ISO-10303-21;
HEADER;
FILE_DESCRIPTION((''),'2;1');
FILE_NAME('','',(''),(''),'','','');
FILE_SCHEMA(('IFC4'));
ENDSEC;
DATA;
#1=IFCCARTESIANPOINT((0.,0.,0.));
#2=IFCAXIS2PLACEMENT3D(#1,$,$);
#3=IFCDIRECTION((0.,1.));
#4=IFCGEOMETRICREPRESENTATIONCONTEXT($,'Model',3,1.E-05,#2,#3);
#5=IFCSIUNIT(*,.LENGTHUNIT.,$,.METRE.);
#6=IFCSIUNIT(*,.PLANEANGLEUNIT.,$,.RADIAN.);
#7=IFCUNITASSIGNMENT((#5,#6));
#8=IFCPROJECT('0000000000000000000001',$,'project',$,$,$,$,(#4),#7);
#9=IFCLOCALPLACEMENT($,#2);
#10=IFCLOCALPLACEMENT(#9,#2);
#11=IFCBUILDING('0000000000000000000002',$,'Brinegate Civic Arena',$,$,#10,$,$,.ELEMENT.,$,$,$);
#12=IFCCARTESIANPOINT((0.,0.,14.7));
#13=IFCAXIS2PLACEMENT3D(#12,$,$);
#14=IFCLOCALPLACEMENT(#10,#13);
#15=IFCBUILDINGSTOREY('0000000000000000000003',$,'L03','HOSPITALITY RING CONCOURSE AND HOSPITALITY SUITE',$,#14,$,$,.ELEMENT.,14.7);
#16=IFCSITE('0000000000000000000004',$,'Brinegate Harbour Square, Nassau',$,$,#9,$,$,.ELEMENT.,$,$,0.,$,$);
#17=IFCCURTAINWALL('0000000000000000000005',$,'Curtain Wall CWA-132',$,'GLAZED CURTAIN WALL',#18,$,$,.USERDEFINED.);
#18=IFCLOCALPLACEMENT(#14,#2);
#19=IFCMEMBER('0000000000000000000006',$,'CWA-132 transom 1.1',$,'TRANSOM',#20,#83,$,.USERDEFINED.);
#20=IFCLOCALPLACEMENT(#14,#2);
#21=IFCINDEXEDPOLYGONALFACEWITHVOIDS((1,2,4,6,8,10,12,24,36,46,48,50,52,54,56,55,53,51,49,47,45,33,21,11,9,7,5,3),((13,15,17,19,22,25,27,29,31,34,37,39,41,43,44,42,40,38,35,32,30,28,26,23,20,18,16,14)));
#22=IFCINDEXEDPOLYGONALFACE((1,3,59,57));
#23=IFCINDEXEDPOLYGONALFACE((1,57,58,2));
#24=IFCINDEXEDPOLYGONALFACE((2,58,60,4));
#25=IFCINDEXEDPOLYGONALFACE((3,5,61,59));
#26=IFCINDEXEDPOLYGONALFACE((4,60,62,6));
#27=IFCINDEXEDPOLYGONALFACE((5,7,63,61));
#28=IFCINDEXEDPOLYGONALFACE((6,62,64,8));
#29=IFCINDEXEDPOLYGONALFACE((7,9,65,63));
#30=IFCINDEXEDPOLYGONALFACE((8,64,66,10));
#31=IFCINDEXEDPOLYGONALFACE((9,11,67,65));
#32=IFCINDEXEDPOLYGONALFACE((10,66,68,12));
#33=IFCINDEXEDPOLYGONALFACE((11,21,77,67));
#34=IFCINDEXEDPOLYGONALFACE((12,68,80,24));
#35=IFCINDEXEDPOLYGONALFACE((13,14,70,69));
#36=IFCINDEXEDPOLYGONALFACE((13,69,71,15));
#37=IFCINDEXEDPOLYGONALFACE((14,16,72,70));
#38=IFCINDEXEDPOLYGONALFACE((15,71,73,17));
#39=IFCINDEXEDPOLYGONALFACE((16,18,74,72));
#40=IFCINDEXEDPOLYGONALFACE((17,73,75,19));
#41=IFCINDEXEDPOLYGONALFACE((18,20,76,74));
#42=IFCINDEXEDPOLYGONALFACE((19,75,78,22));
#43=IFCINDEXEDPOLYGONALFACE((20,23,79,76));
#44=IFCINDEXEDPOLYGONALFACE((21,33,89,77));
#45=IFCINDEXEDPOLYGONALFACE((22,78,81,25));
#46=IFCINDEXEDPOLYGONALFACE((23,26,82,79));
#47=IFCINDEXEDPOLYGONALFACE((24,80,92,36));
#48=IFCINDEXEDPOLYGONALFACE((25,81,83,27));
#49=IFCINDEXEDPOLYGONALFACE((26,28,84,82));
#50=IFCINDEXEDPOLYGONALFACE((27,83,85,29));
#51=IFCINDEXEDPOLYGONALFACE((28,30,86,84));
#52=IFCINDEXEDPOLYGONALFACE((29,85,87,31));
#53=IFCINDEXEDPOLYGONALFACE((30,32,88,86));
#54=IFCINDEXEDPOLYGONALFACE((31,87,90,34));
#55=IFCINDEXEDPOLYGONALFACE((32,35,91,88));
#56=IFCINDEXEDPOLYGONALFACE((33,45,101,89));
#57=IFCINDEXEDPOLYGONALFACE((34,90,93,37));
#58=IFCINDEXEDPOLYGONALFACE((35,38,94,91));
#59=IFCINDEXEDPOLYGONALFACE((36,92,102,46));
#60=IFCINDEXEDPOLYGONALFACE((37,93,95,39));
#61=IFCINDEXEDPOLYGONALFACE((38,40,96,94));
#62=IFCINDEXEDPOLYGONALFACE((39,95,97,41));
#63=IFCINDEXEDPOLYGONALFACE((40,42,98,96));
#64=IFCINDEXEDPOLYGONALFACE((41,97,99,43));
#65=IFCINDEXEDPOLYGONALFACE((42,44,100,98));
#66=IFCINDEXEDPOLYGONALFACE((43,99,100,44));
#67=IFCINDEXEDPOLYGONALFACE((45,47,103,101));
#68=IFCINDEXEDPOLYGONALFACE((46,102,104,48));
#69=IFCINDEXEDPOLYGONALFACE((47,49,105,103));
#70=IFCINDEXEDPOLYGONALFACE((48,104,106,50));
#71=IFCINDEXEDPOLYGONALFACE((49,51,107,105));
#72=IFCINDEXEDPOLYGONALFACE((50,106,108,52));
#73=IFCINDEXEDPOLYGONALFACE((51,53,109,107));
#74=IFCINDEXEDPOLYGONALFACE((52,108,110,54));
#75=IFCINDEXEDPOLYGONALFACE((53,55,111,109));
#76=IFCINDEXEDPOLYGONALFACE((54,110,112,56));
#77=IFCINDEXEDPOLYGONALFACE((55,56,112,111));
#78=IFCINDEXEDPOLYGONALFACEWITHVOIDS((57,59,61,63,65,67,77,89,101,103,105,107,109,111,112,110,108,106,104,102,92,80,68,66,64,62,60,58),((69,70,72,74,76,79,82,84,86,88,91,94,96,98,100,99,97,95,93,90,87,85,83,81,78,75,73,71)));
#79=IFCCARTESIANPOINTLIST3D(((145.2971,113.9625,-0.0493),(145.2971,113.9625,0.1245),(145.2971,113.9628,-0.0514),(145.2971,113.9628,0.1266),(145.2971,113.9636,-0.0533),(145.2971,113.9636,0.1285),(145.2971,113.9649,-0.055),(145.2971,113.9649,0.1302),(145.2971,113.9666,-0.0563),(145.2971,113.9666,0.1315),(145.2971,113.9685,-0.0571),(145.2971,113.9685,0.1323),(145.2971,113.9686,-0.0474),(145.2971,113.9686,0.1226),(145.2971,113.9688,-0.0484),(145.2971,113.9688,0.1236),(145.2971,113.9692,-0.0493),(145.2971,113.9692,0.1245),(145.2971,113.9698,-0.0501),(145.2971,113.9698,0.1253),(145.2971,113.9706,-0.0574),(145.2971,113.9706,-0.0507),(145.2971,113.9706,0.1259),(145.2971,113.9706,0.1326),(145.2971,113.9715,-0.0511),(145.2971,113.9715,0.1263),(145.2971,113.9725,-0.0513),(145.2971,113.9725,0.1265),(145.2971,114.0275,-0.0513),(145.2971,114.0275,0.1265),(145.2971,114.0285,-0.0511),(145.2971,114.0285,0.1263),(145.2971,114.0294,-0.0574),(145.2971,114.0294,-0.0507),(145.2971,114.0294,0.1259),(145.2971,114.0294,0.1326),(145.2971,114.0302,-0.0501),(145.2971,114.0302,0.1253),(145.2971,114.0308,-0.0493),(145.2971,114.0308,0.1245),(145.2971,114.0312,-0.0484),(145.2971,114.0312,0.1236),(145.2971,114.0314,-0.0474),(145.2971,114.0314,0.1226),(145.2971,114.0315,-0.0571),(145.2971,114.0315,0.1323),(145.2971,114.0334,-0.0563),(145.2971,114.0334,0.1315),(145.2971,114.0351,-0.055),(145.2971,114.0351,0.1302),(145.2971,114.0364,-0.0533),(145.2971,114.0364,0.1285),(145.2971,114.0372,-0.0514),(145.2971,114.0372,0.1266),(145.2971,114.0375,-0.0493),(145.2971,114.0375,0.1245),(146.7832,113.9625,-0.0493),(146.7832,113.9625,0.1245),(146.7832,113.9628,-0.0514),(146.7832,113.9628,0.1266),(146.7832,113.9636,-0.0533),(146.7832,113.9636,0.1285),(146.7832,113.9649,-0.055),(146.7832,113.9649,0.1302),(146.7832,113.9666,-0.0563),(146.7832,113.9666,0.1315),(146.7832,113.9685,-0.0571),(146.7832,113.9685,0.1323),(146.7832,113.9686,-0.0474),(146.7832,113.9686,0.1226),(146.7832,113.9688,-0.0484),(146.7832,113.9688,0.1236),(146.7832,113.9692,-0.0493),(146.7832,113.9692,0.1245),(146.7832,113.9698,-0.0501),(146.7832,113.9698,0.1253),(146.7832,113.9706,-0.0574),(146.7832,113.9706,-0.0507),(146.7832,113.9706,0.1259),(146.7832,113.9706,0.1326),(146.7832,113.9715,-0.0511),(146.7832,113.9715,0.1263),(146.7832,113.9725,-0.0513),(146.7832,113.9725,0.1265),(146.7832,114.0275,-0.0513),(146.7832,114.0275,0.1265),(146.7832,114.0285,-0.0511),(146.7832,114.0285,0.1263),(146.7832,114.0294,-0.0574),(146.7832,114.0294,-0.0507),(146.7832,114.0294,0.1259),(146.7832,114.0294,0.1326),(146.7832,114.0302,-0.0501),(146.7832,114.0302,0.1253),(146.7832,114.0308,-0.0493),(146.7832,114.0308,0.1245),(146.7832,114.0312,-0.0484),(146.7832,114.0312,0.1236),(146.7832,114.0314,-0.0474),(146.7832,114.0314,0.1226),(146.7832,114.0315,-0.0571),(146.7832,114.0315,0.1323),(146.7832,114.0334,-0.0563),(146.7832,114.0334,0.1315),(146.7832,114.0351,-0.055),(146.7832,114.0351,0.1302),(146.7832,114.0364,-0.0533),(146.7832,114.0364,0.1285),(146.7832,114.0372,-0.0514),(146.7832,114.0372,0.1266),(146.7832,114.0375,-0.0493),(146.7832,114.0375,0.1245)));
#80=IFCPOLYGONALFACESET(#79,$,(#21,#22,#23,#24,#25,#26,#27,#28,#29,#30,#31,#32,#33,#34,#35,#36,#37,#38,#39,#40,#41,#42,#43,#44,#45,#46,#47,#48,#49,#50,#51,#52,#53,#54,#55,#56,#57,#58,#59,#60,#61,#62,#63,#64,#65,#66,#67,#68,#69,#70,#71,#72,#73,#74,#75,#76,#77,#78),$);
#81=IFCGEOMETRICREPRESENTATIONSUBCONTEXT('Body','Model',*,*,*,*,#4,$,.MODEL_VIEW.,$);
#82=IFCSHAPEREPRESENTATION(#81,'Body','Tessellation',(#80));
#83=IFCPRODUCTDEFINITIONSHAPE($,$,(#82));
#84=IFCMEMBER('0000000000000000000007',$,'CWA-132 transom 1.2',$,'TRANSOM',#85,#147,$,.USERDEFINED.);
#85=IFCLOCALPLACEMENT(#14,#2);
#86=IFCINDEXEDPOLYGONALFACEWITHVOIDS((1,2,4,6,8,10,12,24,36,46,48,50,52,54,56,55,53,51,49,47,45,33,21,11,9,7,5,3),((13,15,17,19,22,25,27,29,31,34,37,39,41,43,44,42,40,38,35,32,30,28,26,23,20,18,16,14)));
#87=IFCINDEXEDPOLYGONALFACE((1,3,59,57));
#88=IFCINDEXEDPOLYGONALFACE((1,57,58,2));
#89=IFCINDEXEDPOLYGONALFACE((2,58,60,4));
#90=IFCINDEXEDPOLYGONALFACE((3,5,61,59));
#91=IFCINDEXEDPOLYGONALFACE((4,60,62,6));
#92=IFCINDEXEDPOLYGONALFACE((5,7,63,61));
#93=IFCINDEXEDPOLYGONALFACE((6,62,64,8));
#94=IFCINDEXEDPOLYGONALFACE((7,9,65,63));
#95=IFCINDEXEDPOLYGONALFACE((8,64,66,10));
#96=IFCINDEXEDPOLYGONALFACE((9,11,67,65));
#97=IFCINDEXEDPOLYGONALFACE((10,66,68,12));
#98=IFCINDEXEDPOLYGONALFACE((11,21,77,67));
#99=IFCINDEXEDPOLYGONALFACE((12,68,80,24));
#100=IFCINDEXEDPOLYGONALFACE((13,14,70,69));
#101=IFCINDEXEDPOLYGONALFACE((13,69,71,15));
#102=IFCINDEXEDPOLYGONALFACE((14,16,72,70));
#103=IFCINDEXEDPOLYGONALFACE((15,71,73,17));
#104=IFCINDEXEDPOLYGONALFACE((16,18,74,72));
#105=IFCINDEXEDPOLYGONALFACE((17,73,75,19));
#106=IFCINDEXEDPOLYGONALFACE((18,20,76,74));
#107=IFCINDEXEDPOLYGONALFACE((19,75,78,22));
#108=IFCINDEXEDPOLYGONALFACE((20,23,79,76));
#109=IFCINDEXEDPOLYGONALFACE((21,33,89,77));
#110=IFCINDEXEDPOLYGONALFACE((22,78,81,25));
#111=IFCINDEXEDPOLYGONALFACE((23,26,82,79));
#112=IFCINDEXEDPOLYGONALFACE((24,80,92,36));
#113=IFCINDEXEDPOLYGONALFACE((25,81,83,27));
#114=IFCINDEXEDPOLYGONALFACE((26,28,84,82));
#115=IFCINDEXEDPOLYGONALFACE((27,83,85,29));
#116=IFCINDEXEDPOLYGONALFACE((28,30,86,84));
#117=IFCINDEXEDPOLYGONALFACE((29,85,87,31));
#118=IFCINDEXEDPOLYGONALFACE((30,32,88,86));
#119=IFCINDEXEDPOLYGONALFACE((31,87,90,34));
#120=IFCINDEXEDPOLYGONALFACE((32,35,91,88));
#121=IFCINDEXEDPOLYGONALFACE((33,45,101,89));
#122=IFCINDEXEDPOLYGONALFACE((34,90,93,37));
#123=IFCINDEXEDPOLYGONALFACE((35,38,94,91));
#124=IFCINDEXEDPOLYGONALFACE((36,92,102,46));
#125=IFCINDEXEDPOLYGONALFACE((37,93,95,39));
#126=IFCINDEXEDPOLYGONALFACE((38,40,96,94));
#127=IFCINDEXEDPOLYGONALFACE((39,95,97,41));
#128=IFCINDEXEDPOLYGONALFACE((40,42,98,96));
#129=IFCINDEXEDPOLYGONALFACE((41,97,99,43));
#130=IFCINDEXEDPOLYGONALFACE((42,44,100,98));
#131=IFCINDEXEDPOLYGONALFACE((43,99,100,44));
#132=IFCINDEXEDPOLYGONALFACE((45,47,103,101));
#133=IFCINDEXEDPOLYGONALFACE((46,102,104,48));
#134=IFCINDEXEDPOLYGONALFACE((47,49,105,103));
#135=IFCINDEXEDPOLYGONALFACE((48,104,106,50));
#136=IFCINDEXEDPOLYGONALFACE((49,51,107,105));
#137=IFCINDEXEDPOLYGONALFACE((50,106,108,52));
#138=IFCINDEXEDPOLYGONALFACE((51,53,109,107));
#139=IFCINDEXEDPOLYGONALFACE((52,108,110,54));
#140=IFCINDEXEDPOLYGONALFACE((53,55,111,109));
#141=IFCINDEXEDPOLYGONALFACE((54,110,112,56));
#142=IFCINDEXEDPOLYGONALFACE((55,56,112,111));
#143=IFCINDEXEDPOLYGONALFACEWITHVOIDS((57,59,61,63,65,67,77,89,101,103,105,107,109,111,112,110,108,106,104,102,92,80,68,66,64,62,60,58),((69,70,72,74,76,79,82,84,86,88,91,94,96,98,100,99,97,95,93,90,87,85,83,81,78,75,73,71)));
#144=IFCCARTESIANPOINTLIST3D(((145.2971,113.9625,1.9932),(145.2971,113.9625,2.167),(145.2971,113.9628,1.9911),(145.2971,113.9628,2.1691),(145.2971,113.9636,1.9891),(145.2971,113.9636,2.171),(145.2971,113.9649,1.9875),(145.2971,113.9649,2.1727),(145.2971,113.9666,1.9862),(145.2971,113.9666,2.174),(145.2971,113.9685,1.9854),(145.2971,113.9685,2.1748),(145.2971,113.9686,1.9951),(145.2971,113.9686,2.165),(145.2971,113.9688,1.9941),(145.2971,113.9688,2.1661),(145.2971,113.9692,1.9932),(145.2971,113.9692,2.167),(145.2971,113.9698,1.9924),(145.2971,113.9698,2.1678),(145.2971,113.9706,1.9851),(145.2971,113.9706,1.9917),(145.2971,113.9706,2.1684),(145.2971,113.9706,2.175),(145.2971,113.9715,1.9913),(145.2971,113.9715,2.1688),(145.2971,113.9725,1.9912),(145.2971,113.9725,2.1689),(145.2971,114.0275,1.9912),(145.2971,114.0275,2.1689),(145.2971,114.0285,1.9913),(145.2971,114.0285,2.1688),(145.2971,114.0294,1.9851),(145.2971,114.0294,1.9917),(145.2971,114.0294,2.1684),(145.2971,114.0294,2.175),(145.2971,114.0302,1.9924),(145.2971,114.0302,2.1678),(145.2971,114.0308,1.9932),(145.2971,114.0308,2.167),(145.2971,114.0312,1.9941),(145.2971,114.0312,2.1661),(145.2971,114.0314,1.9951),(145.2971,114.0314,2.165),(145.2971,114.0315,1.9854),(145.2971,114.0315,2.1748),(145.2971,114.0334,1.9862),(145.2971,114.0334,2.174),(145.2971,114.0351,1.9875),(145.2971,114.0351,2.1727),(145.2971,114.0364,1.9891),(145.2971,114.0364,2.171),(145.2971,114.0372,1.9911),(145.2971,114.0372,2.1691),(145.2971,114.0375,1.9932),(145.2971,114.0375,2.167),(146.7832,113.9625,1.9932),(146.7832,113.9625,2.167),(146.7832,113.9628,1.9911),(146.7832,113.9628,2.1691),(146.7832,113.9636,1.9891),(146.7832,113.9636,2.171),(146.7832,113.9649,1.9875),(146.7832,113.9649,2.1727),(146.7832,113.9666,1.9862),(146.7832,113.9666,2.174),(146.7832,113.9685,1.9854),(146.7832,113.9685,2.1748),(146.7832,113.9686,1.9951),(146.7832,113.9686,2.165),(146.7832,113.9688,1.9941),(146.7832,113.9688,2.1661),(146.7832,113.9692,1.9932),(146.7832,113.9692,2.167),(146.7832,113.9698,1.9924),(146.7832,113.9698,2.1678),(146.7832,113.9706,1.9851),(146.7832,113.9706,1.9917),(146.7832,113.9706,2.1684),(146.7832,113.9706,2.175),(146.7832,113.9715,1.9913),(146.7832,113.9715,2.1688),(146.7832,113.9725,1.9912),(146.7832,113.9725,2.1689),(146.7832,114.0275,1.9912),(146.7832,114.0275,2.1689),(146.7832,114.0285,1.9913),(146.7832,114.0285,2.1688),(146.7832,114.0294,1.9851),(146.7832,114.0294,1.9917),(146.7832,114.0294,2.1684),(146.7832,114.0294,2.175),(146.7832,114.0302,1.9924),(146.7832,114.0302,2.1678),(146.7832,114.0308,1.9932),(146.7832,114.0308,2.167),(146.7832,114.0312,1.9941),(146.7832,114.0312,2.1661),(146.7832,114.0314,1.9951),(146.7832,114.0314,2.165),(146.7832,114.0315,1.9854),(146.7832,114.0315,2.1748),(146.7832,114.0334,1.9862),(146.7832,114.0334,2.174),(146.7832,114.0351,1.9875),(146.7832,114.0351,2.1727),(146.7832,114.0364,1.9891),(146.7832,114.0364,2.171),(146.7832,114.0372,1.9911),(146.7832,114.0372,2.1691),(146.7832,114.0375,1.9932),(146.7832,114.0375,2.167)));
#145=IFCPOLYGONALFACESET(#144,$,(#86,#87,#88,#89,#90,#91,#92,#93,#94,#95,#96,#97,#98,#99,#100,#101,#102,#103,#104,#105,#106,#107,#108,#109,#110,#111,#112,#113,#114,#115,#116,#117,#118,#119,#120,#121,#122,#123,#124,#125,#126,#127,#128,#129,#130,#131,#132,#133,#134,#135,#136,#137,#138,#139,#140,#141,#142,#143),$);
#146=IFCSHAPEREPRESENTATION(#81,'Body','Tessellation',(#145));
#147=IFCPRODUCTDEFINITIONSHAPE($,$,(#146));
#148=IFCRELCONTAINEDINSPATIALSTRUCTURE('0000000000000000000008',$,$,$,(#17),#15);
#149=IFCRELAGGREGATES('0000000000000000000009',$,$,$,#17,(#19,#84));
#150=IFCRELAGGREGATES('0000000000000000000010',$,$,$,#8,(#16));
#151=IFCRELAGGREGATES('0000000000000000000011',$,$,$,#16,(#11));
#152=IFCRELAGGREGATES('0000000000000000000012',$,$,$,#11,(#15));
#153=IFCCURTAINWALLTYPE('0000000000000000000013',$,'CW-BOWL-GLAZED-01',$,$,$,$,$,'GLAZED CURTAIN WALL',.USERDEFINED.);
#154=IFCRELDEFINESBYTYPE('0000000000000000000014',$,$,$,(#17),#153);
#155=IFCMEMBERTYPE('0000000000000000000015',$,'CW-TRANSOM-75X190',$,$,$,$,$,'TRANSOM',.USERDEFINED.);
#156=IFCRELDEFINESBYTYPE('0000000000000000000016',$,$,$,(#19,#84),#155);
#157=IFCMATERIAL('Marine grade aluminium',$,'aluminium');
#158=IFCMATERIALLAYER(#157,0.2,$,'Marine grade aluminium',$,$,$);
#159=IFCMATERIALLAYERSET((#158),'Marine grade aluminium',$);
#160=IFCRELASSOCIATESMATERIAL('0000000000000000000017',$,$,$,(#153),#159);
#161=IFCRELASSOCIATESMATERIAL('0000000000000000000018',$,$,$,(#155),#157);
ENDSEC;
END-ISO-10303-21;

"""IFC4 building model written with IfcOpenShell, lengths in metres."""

from ifc_helpers import new_model, si_unit, direction, frame, origin, origin_2d, place, context, subcontext, project, spatial, hollow_rectangle, extrude, material, layer, layer_set, material_profile, profile_set, type_object, element, aggregate, save


model = new_model("IFC4")

# Units and contexts
model_context = context("Model", 3, precision=1e-05, world=origin(), true_north=direction((0.0, 1.0)))
body_context = subcontext(model_context, "Body", "Model", "MODEL_VIEW")
ifc_project = project(units=[si_unit("LENGTHUNIT", "METRE"), si_unit("PLANEANGLEUNIT", "RADIAN")], contexts=[model_context])

# Site, building, storey
site_placement = place(None, origin())
site = spatial("IfcSite", under=ifc_project, at=site_placement, Name="Brinegate Harbour Square, Nassau", CompositionType="ELEMENT", RefElevation=0.0)
building_placement = place(site_placement, origin())
building = spatial("IfcBuilding", under=site, at=building_placement, Name="Brinegate Civic Arena", CompositionType="ELEMENT")
storey_placement = place(building_placement, frame((0.0, 0.0, 14.7)))
storey = spatial("IfcBuildingStorey", under=building, at=storey_placement, Name="L03", Description="HOSPITALITY RING CONCOURSE AND HOSPITALITY SUITE", CompositionType="ELEMENT", Elevation=14.7)

# Curtain wall
ifc_material_1 = material(Name="Marine grade aluminium", Category="aluminium")
ifc_layer_1 = layer(ifc_material_1, 0.2, Name="Marine grade aluminium")
ifc_layer_set_1 = layer_set([ifc_layer_1], Name="Marine grade aluminium")
curtain_wall_type_1 = type_object("IfcCurtainWallType", Name="CW-BOWL-GLAZED-01", ElementType="GLAZED CURTAIN WALL", PredefinedType="USERDEFINED", material=ifc_layer_set_1)
curtain_wall_1_placement = place(storey_placement, origin())
curtain_wall_1 = element("IfcCurtainWall", 1, at=curtain_wall_1_placement, inside=storey, type_object=curtain_wall_type_1, Name="Curtain Wall CWA-132", ObjectType="GLAZED CURTAIN WALL", PredefinedType="USERDEFINED")

# Members
ifc_material_profile_1 = material_profile(ifc_material_1, hollow_rectangle(XDim=0.075, YDim=0.1899, WallThickness=0.0061, InnerFilletRadius=0.0039, OuterFilletRadius=0.0081, at=origin_2d()), Name="TRN75X190")
ifc_profile_set_1 = profile_set([ifc_material_profile_1], Name="Marine grade aluminium")
member_type_1 = type_object("IfcMemberType", Name="CW-TRANSOM-75X190", ElementType="TRANSOM", PredefinedType="USERDEFINED", material=ifc_profile_set_1)
member_1_placement = place(storey_placement, frame((145.2971, 114.0, 0.0376), z_axis=(1.0, 0.0, 0.0), x_axis=(0.0, 1.0, 0.0)))
member_1 = element("IfcMember", 2, at=member_1_placement, type_object=member_type_1, Name="CWA-132 transom 1.1", ObjectType="TRANSOM", PredefinedType="USERDEFINED", context=body_context, shape_type="SweptSolid", body=[
    extrude(hollow_rectangle(XDim=0.075, YDim=0.1899, WallThickness=0.0061, InnerFilletRadius=0.0039, OuterFilletRadius=0.0081, at=origin_2d()), origin(), (0.0, 0.0, 1.0), 1.4861),
])
member_2_placement = place(storey_placement, frame((145.2971, 114.0, 2.0801), z_axis=(1.0, 0.0, 0.0), x_axis=(0.0, 1.0, 0.0)))
member_2 = element("IfcMember", 3, at=member_2_placement, type_object=member_type_1, Name="CWA-132 transom 1.2", ObjectType="TRANSOM", PredefinedType="USERDEFINED", context=body_context, shape_type="SweptSolid", body=[
    extrude(hollow_rectangle(XDim=0.075, YDim=0.1899, WallThickness=0.0061, InnerFilletRadius=0.0039, OuterFilletRadius=0.0081, at=origin_2d()), origin(), (0.0, 0.0, 1.0), 1.4861),
])

aggregate(curtain_wall_1, [member_1, member_2])

save(model, "model.ifc")
